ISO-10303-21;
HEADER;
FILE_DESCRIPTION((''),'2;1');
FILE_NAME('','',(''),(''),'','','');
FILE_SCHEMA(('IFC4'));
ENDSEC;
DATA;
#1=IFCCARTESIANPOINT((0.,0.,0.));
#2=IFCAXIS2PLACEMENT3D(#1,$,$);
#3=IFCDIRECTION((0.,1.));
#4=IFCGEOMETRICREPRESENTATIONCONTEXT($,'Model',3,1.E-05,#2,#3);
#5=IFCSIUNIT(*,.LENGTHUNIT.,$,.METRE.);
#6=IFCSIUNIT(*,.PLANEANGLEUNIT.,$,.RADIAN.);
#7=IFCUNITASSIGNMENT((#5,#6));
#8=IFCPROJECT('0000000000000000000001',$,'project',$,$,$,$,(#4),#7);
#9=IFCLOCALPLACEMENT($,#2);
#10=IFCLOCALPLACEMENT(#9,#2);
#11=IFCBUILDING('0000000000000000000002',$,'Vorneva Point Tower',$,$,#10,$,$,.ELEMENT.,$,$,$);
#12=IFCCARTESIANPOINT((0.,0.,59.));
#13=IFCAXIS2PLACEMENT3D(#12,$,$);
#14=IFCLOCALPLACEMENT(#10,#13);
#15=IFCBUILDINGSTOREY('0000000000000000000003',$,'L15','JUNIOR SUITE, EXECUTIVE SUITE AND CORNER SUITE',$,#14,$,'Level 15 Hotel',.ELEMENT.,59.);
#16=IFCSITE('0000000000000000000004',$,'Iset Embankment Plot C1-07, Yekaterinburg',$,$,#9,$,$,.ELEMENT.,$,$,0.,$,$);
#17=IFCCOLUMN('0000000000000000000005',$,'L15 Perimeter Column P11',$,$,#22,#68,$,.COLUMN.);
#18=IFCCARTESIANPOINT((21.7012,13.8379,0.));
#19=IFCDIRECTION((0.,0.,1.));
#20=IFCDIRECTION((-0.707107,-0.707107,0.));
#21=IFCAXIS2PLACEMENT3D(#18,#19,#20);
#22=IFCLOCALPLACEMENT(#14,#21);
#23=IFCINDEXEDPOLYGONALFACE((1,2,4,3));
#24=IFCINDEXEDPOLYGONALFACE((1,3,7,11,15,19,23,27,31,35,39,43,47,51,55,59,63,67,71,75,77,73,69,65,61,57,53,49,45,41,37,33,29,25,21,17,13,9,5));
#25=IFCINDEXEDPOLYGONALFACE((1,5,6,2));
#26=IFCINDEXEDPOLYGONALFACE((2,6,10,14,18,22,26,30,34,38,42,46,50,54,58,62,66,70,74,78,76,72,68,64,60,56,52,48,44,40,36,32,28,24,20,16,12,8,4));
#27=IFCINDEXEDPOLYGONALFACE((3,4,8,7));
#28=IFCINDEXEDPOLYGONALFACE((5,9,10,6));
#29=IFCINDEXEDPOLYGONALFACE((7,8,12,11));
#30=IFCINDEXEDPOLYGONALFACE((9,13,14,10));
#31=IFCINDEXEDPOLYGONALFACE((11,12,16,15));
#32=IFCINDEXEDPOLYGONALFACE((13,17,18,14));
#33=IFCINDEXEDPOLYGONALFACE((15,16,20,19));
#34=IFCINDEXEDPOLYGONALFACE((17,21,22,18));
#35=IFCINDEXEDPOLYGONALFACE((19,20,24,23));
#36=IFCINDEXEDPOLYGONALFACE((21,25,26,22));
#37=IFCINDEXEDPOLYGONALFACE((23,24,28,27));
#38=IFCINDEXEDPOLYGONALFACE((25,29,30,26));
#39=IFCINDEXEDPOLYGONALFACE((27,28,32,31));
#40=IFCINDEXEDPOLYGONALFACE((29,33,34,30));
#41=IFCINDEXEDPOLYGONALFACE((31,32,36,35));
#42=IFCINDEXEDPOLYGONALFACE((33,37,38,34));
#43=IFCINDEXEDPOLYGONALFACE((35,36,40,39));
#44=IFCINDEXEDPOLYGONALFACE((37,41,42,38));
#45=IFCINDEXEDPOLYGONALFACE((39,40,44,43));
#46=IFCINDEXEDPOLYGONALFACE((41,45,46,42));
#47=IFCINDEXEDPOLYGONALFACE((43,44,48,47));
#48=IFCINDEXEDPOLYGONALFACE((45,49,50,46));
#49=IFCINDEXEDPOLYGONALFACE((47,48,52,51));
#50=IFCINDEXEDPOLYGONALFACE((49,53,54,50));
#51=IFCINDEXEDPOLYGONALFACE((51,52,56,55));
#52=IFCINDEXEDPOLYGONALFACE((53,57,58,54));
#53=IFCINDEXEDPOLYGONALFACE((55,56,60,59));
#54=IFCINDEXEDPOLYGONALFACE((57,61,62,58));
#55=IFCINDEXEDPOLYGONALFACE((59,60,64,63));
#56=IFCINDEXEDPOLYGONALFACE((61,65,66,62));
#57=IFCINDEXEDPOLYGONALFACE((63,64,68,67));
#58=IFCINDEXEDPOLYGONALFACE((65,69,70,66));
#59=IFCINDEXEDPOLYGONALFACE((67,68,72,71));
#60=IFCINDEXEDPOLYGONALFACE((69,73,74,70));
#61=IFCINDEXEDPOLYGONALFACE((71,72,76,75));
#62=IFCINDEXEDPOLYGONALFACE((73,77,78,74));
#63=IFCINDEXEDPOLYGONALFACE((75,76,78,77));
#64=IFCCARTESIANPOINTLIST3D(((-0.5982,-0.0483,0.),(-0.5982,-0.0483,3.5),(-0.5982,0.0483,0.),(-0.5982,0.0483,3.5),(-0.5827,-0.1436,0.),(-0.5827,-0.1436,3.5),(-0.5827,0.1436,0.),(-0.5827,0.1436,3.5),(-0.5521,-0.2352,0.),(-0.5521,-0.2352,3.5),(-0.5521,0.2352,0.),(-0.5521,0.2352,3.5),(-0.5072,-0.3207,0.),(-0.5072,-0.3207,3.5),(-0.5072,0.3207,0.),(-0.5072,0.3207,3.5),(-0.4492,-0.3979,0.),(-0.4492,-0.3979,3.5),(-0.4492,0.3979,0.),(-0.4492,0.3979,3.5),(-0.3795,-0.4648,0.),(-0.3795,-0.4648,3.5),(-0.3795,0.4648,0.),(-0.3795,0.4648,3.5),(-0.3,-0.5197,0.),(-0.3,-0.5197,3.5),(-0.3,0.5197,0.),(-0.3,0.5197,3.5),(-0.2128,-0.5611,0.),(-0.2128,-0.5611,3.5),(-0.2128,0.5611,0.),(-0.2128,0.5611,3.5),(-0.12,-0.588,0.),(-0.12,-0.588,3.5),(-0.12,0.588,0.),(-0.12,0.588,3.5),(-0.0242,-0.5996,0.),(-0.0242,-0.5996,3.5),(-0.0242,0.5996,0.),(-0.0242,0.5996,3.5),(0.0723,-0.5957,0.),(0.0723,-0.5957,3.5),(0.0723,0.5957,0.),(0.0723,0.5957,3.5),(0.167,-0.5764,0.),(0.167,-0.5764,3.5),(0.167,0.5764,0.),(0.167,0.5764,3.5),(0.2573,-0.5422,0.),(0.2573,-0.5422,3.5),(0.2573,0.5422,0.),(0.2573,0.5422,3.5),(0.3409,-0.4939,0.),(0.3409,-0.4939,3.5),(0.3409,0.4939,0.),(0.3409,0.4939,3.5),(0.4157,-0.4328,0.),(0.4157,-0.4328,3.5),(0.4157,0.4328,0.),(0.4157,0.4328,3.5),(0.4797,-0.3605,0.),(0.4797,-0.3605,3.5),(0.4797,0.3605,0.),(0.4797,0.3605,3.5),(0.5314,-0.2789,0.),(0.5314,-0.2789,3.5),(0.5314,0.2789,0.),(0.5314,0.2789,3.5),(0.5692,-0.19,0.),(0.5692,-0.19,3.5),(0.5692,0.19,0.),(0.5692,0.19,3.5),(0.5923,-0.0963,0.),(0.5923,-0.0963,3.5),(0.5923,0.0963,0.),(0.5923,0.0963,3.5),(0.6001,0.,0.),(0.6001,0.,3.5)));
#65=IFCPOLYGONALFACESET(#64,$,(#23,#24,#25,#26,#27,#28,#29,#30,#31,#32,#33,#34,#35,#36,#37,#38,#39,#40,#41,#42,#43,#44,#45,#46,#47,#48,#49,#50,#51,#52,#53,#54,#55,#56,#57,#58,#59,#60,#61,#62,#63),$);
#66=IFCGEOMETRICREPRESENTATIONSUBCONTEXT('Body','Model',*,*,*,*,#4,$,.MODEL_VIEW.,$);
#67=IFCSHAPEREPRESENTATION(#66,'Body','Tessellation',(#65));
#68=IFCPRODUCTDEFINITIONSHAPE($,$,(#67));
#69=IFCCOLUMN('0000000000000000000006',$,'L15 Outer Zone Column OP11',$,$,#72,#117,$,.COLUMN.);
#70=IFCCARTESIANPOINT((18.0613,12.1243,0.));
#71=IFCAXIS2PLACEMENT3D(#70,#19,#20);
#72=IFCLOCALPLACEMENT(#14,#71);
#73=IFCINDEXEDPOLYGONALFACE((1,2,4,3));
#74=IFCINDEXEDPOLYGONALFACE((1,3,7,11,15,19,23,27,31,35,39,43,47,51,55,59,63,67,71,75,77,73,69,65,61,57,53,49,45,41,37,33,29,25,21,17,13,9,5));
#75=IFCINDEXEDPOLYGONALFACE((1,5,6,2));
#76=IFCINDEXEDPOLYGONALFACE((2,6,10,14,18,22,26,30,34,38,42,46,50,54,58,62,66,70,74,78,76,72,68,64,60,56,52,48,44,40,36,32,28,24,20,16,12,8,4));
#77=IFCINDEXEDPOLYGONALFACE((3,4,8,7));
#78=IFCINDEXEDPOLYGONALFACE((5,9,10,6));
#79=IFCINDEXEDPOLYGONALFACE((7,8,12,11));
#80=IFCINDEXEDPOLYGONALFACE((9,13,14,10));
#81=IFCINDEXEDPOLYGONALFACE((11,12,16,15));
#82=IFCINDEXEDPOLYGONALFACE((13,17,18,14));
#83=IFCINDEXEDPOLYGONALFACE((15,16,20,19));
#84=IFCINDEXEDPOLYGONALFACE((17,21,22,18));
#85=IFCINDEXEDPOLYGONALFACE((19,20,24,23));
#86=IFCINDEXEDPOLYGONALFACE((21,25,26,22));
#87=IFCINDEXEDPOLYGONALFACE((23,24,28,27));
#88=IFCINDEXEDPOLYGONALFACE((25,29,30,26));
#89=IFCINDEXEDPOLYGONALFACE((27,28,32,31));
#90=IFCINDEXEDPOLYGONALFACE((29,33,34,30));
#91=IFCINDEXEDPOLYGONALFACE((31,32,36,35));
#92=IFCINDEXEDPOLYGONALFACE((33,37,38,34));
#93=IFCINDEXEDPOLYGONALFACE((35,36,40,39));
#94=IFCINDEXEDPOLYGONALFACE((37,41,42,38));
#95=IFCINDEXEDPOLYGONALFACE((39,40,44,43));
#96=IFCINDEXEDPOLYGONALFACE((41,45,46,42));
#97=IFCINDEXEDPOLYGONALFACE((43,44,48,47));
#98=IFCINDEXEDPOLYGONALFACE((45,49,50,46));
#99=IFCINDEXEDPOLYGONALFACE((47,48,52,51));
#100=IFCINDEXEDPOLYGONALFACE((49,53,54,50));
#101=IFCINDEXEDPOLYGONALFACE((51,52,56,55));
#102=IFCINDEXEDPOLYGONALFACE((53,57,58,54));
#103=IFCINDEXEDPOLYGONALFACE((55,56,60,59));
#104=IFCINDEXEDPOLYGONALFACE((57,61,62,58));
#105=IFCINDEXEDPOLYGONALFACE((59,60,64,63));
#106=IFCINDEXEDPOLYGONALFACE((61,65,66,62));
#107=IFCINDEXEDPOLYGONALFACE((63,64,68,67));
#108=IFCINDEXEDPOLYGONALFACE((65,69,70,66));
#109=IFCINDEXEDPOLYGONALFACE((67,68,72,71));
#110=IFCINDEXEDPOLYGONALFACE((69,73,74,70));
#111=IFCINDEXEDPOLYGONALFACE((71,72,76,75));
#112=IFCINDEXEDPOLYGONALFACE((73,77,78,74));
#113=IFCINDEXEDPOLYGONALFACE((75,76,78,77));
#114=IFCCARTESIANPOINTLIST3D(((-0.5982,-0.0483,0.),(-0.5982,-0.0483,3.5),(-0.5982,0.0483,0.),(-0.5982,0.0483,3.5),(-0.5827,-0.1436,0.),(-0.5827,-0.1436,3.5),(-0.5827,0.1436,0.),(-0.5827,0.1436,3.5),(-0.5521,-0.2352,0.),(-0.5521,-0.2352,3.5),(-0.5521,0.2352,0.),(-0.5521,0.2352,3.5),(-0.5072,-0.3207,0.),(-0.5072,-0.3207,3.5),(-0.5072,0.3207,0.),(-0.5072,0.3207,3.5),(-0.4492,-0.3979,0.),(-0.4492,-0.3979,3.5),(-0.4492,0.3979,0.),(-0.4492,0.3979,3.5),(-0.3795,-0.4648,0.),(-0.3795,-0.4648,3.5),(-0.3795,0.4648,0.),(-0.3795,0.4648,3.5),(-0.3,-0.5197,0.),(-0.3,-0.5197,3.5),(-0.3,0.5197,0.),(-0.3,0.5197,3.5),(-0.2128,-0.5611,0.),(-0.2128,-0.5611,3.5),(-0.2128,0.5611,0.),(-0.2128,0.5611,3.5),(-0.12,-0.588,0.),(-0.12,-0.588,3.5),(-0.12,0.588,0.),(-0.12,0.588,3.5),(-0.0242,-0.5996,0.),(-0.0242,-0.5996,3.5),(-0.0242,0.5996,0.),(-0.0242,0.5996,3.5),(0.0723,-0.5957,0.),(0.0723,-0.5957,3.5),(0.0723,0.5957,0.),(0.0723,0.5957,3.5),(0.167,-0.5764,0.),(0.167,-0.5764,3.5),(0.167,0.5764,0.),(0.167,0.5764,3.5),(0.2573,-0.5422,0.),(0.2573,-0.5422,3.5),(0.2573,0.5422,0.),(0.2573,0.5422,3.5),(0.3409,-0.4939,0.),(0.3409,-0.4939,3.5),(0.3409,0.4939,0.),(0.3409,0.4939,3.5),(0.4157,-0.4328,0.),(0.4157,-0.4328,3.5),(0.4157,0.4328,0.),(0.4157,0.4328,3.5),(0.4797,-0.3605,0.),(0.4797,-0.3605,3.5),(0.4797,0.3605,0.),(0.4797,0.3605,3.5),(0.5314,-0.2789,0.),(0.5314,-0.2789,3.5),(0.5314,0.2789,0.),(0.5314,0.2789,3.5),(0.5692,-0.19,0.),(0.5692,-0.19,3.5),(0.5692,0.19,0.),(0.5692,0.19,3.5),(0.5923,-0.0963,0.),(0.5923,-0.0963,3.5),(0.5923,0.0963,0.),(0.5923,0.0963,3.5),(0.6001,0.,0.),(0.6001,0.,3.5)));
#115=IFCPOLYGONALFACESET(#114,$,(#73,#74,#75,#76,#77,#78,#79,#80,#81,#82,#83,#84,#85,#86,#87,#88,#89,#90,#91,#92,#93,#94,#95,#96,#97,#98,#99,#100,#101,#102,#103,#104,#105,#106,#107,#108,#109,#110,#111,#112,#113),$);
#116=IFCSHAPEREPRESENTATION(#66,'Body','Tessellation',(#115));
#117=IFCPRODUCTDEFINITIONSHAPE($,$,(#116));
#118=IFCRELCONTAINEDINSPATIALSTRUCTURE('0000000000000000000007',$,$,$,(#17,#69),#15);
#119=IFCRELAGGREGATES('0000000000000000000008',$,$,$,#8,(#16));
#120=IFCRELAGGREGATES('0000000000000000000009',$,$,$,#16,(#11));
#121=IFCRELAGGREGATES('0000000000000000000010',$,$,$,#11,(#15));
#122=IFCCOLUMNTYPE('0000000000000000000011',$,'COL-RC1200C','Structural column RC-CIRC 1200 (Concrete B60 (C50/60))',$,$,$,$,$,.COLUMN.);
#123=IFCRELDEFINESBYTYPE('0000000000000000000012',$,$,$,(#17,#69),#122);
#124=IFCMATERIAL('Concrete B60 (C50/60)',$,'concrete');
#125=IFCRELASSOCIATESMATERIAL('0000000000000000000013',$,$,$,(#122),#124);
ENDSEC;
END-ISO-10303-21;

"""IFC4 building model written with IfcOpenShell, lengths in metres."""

from ifc_helpers import new_model, si_unit, direction, frame, origin, origin_2d, place, context, subcontext, project, spatial, circle, extrude, material, material_profile, profile_set, type_object, element, save


model = new_model("IFC4")

# Units and contexts
model_context = context("Model", 3, precision=1e-05, world=origin(), true_north=direction((0.0, 1.0)))
body_context = subcontext(model_context, "Body", "Model", "MODEL_VIEW")
ifc_project = project(units=[si_unit("LENGTHUNIT", "METRE"), si_unit("PLANEANGLEUNIT", "RADIAN")], contexts=[model_context])

# Site, building, storey
site_placement = place(None, origin())
site = spatial("IfcSite", under=ifc_project, at=site_placement, Name="Iset Embankment Plot C1-07, Yekaterinburg", CompositionType="ELEMENT", RefElevation=0.0)
building_placement = place(site_placement, origin())
building = spatial("IfcBuilding", under=site, at=building_placement, Name="Vorneva Point Tower", CompositionType="ELEMENT")
storey_placement = place(building_placement, frame((0.0, 0.0, 59.0)))
storey = spatial("IfcBuildingStorey", under=building, at=storey_placement, Name="L15", Description="JUNIOR SUITE, EXECUTIVE SUITE AND CORNER SUITE", LongName="Level 15 Hotel", CompositionType="ELEMENT", Elevation=59.0)

# Columns
ifc_material_1 = material(Name="Concrete B60 (C50/60)", Category="concrete")
ifc_material_profile_1 = material_profile(ifc_material_1, circle(Radius=0.6001, at=origin_2d()), Name="RC-CIRC 1200")
ifc_profile_set_1 = profile_set([ifc_material_profile_1], Name="Concrete B60 (C50/60)")
column_type_1 = type_object("IfcColumnType", Name="COL-RC1200C", Description="Structural column RC-CIRC 1200 (Concrete B60 (C50/60))", PredefinedType="COLUMN", material=ifc_profile_set_1)
for number, where, z_axis, x_axis, name in (
    (1, (21.7012, 13.8379, 0.0), (0.0, 0.0, 1.0), (-0.707107, -0.707107, 0.0), "L15 Perimeter Column P11"),
    (2, (18.0613, 12.1243, 0.0), (0.0, 0.0, 1.0), (-0.707107, -0.707107, 0.0), "L15 Outer Zone Column OP11"),
):
    element("IfcColumn", number, at=place(storey_placement, frame(where, z_axis=z_axis, x_axis=x_axis)), inside=storey, type_object=column_type_1, Name=name, PredefinedType="COLUMN", context=body_context, shape_type="SweptSolid", body=[
        extrude(circle(Radius=0.6001, at=origin_2d()), origin(), (0.0, 0.0, 1.0), 3.5),
    ])

save(model, "model.ifc")
